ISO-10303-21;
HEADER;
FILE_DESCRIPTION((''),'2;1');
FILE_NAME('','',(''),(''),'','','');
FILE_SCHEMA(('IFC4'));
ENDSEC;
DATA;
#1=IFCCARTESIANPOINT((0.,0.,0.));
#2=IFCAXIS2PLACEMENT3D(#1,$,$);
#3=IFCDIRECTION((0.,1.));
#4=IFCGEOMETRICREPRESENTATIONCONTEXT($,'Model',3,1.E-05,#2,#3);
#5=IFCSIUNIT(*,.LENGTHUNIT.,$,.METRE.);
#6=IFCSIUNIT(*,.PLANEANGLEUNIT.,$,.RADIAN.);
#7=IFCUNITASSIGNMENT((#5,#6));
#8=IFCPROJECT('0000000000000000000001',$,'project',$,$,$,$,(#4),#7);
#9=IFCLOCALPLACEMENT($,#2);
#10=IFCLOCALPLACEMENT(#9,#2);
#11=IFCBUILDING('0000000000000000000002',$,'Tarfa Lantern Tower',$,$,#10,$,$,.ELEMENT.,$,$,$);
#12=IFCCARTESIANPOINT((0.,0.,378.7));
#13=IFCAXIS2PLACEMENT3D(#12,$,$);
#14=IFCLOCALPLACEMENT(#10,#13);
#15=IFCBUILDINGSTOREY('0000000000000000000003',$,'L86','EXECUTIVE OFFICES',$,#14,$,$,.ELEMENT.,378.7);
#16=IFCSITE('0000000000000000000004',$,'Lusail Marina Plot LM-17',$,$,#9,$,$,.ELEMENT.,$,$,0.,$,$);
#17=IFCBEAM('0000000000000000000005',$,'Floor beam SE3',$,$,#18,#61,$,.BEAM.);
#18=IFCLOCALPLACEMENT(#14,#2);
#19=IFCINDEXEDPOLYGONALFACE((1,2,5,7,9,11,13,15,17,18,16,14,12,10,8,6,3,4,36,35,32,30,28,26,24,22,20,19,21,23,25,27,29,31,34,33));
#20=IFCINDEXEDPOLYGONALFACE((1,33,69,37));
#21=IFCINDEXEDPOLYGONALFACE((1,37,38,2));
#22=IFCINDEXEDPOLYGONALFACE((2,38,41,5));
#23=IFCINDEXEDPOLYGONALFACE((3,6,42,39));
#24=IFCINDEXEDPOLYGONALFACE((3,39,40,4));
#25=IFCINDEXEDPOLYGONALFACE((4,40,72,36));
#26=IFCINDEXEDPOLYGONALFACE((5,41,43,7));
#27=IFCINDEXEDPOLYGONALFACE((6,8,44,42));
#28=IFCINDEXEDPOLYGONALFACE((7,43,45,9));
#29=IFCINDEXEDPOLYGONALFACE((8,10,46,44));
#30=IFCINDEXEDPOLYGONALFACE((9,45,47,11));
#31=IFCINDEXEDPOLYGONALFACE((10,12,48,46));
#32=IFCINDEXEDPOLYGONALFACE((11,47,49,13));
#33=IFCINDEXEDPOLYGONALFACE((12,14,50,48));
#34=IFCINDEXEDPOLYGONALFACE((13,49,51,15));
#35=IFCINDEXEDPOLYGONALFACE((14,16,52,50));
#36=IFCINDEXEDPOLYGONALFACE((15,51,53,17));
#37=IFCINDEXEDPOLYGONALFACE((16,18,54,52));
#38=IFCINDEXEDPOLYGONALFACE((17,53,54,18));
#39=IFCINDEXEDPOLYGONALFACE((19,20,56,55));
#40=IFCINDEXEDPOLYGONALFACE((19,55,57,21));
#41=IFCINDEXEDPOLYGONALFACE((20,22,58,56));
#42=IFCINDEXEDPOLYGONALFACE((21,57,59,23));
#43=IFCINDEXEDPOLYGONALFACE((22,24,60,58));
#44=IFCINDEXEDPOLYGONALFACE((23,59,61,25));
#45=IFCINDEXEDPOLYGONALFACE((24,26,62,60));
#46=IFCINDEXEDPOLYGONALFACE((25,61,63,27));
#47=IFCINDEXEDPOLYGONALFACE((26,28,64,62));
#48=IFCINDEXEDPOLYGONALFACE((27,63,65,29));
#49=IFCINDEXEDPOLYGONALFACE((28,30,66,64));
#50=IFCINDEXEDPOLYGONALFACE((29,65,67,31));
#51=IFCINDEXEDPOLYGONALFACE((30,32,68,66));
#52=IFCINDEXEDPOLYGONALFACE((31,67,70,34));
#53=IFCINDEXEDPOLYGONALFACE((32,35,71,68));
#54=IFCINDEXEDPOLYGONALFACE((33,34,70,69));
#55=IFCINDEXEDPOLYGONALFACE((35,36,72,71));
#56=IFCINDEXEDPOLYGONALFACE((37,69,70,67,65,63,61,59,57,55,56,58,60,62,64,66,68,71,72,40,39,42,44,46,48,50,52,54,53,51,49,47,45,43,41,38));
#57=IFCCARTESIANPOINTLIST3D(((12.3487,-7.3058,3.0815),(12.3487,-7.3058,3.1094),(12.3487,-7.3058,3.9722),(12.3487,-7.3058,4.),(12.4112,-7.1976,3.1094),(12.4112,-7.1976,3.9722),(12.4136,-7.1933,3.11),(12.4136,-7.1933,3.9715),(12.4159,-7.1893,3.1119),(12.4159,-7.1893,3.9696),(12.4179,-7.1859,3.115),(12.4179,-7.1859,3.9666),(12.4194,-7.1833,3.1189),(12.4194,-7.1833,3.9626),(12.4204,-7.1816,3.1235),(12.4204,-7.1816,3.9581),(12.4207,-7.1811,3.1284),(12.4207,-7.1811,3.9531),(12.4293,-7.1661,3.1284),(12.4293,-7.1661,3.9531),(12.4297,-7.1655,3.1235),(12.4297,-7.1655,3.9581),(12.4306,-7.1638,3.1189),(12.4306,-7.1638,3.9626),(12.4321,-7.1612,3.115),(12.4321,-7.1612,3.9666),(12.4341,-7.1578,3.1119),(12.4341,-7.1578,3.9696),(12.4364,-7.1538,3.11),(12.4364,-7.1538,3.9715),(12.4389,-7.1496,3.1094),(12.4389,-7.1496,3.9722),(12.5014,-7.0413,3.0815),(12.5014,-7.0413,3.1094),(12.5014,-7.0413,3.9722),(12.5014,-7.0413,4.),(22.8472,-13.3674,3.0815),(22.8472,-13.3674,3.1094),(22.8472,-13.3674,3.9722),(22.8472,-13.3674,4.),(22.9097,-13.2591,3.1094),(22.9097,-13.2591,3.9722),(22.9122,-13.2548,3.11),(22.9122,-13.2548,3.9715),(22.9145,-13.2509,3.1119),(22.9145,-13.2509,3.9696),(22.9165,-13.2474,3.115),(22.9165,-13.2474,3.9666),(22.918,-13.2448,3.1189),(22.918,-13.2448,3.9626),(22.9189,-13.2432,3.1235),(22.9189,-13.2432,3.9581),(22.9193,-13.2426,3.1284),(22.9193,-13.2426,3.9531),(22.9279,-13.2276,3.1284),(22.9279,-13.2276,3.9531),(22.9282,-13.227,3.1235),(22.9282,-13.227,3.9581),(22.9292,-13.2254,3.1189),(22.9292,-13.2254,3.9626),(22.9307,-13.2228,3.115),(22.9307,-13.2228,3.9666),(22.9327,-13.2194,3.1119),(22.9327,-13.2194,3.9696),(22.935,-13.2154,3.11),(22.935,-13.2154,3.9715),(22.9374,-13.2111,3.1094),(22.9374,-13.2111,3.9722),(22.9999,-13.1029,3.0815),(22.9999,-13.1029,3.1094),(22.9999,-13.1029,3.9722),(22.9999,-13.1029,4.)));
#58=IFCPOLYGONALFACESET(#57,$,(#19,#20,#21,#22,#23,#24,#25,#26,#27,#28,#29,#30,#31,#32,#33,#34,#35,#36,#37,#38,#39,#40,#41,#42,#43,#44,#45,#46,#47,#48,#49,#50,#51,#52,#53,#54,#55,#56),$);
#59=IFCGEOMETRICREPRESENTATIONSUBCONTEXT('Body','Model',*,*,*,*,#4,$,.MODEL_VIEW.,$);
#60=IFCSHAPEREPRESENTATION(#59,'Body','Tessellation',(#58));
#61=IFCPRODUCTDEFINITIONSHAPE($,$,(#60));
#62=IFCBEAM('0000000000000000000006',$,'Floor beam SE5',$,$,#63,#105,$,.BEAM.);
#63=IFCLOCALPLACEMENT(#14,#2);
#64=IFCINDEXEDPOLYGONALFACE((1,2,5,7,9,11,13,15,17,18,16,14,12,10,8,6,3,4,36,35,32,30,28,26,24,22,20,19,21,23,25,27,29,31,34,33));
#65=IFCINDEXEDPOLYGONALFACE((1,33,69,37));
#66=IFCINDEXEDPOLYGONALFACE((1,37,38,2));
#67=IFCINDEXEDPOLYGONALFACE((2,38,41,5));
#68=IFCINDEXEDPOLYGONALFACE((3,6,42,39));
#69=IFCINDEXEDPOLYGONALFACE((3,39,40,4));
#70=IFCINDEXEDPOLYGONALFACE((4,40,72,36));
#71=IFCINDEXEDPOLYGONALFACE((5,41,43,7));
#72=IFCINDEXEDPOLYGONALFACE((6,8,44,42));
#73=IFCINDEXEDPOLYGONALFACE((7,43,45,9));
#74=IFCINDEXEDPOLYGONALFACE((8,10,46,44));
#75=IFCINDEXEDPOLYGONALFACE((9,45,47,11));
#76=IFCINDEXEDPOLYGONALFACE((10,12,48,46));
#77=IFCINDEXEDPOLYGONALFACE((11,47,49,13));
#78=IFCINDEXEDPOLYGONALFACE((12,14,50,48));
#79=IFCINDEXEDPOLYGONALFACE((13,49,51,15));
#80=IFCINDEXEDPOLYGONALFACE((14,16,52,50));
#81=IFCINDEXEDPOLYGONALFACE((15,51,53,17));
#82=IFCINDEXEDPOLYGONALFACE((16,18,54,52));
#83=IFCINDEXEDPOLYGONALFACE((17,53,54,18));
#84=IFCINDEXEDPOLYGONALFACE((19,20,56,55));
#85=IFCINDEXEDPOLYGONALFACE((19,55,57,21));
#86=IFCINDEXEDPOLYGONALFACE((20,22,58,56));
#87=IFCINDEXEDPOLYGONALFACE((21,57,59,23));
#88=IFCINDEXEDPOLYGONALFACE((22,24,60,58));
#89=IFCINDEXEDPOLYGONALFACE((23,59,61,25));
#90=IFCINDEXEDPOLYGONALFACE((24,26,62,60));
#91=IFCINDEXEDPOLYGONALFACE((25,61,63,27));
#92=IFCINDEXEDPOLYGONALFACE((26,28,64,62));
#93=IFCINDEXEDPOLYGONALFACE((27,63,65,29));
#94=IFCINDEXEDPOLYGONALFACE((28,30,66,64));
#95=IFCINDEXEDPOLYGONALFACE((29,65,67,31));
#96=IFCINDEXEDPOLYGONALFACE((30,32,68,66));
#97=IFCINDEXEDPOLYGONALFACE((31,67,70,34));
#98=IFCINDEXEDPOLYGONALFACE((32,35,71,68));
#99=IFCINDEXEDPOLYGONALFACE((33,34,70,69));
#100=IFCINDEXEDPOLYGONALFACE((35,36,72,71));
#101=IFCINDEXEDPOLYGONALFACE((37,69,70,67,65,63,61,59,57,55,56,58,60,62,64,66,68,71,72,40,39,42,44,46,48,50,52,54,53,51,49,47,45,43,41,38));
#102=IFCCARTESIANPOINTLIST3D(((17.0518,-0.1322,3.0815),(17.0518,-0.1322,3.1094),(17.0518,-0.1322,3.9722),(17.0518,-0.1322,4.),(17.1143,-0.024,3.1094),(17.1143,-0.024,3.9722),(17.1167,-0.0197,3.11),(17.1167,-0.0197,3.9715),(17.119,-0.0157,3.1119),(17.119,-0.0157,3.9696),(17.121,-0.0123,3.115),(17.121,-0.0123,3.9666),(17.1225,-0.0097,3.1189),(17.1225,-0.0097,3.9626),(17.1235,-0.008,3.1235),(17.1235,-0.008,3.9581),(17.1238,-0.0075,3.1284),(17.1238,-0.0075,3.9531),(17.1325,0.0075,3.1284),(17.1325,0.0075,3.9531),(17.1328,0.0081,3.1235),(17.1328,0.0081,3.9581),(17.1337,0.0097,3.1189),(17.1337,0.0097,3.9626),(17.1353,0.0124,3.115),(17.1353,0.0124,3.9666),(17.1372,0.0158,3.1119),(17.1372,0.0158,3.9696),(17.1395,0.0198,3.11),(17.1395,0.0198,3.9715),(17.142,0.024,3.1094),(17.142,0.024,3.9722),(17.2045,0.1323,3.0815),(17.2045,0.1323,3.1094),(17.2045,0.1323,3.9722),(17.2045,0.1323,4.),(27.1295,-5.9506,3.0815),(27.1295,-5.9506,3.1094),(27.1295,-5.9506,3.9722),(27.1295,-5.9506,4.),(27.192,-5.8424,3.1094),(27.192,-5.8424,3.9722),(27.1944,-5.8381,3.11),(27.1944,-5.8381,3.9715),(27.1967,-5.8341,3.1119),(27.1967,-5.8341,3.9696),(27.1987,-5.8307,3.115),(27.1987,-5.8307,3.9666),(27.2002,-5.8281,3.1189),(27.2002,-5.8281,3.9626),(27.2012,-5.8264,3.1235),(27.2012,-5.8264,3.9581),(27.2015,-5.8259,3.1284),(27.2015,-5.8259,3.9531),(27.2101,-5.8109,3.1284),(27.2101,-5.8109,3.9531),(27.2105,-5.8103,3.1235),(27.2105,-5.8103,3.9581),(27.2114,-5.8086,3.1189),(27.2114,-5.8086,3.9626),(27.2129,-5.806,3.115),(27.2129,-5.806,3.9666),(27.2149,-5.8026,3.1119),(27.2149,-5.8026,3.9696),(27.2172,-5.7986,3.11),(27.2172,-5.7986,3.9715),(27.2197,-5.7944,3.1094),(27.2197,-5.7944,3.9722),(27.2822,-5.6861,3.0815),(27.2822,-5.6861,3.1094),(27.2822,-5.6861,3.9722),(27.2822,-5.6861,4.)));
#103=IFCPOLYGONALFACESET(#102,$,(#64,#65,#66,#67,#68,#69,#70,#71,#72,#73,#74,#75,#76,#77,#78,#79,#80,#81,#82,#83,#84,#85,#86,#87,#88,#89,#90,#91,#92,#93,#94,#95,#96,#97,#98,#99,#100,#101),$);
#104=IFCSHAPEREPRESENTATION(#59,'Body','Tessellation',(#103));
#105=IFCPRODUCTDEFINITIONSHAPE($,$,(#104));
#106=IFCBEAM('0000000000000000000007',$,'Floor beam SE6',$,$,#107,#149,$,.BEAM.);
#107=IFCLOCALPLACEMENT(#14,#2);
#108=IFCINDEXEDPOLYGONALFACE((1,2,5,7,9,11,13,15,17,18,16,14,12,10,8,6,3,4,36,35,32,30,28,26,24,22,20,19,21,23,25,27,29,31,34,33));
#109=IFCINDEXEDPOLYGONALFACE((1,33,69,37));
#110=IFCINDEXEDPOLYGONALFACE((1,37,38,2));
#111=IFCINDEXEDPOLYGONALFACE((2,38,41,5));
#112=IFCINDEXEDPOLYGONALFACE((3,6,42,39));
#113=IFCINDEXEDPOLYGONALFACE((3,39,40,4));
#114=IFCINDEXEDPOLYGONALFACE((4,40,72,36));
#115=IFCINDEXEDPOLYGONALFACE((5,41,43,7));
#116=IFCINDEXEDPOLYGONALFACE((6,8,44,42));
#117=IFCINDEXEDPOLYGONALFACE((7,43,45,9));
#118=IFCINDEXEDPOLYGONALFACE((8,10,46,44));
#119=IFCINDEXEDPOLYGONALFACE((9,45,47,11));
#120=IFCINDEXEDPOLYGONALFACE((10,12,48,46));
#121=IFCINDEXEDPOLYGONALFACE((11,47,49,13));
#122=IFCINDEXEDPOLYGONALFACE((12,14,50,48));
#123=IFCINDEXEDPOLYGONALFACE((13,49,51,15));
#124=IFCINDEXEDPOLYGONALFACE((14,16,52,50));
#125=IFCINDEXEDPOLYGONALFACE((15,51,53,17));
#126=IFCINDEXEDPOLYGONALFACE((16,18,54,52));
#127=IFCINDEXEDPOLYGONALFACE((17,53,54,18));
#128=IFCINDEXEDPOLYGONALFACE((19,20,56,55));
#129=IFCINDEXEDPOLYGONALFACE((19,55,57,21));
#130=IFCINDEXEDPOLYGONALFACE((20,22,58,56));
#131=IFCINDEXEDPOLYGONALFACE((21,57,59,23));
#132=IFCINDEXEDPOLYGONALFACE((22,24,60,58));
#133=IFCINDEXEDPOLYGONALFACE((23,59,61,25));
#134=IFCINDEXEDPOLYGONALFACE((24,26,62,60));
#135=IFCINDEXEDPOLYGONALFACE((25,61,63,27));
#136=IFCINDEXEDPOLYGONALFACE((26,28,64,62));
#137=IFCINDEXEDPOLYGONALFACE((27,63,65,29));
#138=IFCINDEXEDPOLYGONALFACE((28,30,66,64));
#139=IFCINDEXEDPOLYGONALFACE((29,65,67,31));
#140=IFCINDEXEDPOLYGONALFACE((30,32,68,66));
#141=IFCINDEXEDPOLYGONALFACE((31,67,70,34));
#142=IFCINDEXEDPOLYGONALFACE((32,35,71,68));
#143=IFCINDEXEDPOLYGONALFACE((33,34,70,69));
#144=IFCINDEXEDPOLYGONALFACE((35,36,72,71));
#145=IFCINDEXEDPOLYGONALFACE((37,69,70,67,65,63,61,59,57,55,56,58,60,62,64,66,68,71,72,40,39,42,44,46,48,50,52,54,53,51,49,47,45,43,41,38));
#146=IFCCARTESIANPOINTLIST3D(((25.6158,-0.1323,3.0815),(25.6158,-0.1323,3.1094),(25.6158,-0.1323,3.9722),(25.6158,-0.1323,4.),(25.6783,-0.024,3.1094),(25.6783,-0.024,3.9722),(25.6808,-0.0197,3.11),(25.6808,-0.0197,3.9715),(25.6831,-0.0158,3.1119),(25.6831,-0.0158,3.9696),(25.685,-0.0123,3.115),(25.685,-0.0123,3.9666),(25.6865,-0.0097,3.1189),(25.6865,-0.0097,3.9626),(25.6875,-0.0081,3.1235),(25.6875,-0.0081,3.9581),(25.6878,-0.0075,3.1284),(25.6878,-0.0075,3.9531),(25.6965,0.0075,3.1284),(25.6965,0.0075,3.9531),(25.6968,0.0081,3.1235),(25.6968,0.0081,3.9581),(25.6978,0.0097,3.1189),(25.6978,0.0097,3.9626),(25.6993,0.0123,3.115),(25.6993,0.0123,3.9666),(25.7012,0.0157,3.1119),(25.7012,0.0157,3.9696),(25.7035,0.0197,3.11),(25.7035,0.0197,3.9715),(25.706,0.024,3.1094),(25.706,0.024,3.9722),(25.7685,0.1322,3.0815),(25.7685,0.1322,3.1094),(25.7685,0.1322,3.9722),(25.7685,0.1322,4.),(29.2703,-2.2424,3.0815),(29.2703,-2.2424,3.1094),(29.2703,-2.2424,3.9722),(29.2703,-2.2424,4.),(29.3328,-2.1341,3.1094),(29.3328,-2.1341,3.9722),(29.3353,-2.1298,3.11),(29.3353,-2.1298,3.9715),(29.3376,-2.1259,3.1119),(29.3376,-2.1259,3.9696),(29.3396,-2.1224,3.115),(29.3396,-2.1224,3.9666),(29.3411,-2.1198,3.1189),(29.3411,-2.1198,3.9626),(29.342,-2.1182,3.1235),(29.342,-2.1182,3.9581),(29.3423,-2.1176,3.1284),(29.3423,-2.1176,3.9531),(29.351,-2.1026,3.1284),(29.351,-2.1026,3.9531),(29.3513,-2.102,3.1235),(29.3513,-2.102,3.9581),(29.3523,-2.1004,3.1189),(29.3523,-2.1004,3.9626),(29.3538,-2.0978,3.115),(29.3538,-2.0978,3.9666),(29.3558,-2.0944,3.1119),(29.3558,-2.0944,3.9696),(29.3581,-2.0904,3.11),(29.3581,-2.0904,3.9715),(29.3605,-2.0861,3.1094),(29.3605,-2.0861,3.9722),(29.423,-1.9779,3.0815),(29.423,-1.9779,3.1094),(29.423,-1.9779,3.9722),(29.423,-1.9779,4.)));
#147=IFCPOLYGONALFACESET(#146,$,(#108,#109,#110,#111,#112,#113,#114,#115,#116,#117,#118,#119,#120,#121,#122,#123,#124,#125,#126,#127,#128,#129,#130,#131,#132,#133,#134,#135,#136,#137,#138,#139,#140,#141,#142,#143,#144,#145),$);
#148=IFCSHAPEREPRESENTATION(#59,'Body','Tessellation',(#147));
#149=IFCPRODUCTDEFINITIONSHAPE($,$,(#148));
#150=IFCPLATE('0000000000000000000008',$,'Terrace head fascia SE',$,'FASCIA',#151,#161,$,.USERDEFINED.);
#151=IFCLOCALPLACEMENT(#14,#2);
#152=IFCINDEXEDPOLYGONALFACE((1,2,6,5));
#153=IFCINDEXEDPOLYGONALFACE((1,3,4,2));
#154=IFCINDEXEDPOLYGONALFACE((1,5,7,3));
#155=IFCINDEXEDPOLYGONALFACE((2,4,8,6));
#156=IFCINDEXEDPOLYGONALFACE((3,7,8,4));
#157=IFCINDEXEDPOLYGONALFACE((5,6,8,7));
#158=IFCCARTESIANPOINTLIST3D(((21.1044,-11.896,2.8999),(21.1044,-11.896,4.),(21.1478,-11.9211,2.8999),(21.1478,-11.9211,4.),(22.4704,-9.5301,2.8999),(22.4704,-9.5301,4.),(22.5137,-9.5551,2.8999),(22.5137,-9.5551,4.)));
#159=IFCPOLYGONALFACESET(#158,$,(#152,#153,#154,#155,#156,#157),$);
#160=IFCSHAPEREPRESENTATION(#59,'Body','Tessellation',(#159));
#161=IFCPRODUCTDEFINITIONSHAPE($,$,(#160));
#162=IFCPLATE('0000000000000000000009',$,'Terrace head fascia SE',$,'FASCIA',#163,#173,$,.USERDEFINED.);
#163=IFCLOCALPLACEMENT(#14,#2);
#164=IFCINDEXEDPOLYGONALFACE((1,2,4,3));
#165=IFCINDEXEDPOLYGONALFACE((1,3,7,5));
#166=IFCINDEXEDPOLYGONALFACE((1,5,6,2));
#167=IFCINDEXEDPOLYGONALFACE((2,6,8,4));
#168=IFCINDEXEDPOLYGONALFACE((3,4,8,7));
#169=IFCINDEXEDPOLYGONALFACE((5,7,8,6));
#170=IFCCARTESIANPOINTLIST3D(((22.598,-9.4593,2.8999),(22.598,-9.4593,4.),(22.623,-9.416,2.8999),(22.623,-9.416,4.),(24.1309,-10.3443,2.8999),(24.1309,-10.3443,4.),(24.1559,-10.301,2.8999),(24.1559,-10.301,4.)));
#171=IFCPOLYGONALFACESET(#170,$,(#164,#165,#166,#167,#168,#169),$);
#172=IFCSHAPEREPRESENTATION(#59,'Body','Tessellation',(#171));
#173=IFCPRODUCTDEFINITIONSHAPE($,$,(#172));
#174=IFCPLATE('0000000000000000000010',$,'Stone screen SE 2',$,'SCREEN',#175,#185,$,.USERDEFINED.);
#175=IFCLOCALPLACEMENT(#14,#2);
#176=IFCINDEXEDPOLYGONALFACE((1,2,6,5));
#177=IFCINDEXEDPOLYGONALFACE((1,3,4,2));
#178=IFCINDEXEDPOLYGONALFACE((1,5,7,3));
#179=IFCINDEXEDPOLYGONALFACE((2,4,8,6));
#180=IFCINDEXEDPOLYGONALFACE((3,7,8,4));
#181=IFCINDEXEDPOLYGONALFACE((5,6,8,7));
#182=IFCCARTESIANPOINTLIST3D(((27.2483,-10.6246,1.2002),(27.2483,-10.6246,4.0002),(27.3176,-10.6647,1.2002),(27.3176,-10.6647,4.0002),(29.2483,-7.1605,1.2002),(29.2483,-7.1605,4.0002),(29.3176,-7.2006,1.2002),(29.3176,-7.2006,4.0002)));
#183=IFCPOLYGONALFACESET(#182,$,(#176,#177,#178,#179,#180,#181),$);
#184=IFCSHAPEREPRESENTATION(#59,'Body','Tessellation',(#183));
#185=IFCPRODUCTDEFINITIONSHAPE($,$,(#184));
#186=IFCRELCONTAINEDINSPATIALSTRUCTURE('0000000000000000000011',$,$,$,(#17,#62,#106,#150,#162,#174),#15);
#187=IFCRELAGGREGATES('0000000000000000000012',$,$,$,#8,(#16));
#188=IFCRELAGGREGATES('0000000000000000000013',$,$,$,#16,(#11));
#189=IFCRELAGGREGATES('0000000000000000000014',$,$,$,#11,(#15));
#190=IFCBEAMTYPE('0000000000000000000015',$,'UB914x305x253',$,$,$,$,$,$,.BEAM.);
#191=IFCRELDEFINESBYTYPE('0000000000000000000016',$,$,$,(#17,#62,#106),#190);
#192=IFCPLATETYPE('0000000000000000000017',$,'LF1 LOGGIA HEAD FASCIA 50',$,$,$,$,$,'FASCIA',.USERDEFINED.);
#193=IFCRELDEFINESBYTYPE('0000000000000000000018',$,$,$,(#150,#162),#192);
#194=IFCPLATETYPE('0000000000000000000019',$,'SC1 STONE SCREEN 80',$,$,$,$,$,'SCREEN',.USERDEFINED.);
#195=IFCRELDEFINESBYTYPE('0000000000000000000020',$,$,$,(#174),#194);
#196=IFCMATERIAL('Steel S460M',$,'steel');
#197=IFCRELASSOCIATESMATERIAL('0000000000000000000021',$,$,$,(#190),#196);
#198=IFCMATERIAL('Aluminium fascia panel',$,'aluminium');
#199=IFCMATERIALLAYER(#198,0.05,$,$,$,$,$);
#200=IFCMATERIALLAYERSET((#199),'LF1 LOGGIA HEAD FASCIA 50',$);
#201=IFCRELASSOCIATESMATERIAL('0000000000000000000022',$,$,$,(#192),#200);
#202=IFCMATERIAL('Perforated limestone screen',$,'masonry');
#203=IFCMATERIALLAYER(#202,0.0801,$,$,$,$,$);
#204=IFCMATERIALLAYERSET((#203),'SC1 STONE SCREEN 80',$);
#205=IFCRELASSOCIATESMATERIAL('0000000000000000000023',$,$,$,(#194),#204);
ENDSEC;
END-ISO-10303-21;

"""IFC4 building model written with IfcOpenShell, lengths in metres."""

from ifc_helpers import new_model, si_unit, direction, frame, origin, origin_2d, place, context, subcontext, project, spatial, rectangle, i_section, extrude, material, layer, layer_set, material_profile, profile_set, type_object, element, save


model = new_model("IFC4")

# Units and contexts
model_context = context("Model", 3, precision=1e-05, world=origin(), true_north=direction((0.0, 1.0)))
body_context = subcontext(model_context, "Body", "Model", "MODEL_VIEW")
ifc_project = project(units=[si_unit("LENGTHUNIT", "METRE"), si_unit("PLANEANGLEUNIT", "RADIAN")], contexts=[model_context])

# Site, building, storey
site_placement = place(None, origin())
site = spatial("IfcSite", under=ifc_project, at=site_placement, Name="Lusail Marina Plot LM-17", CompositionType="ELEMENT", RefElevation=0.0)
building_placement = place(site_placement, origin())
building = spatial("IfcBuilding", under=site, at=building_placement, Name="Tarfa Lantern Tower", CompositionType="ELEMENT")
storey_placement = place(building_placement, frame((0.0, 0.0, 378.7)))
storey = spatial("IfcBuildingStorey", under=building, at=storey_placement, Name="L86", Description="EXECUTIVE OFFICES", CompositionType="ELEMENT", Elevation=378.7)

# Beams
ifc_material_1 = material(Name="Steel S460M", Category="steel")
ifc_material_profile_1 = material_profile(ifc_material_1, i_section(OverallWidth=0.3054, OverallDepth=0.9185, WebThickness=0.0173, FlangeThickness=0.0278, FilletRadius=0.019, at=origin_2d()), Name="UB914x305x253")
ifc_profile_set_1 = profile_set([ifc_material_profile_1], Name="Steel S460M")
beam_type_1 = type_object("IfcBeamType", Name="UB914x305x253", PredefinedType="BEAM", material=ifc_profile_set_1)
beam_1_placement = place(storey_placement, frame((22.9236, -13.2351, 3.5408), z_axis=(-0.866019, 0.500012, 0.0), x_axis=(-0.500012, -0.866019, 0.0)))
element("IfcBeam", 1, at=beam_1_placement, inside=storey, type_object=beam_type_1, Name="Floor beam SE3", PredefinedType="BEAM", context=body_context, shape_type="SweptSolid", body=[
    extrude(i_section(OverallWidth=0.3054, OverallDepth=0.9185, WebThickness=0.0173, FlangeThickness=0.0278, FilletRadius=0.019, at=origin_2d()), origin(), (0.0, 0.0, 1.0), 12.1228),
])
beam_2_placement = place(storey_placement, frame((27.2058, -5.8184, 3.5408), z_axis=(-0.866024, 0.500002, 0.0), x_axis=(-0.500002, -0.866024, 0.0)))
element("IfcBeam", 2, at=beam_2_placement, inside=storey, type_object=beam_type_1, Name="Floor beam SE5", PredefinedType="BEAM", context=body_context, shape_type="SweptSolid", body=[
    extrude(i_section(OverallWidth=0.3054, OverallDepth=0.9185, WebThickness=0.0173, FlangeThickness=0.0278, FilletRadius=0.019, at=origin_2d()), origin(), (0.0, 0.0, 1.0), 11.6367),
])
beam_3_placement = place(storey_placement, frame((29.3467, -2.1101, 3.5408), z_axis=(-0.866009, 0.500028, 0.0), x_axis=(-0.500028, -0.866009, 0.0)))
element("IfcBeam", 3, at=beam_3_placement, inside=storey, type_object=beam_type_1, Name="Floor beam SE6", PredefinedType="BEAM", context=body_context, shape_type="SweptSolid", body=[
    extrude(i_section(OverallWidth=0.3054, OverallDepth=0.9185, WebThickness=0.0173, FlangeThickness=0.0278, FilletRadius=0.019, at=origin_2d()), origin(), (0.0, 0.0, 1.0), 4.22),
])

# Plates
ifc_material_2 = material(Name="Aluminium fascia panel", Category="aluminium")
ifc_layer_1 = layer(ifc_material_2, 0.05)
ifc_layer_set_1 = layer_set([ifc_layer_1], Name="LF1 LOGGIA HEAD FASCIA 50")
plate_type_1 = type_object("IfcPlateType", Name="LF1 LOGGIA HEAD FASCIA 50", ElementType="FASCIA", PredefinedType="USERDEFINED", material=ifc_layer_set_1)
plate_1_placement = place(storey_placement, frame((21.8091, -10.7256, 2.8999), z_axis=(0.0, 0.0, 1.0), x_axis=(0.5, 0.866025, 0.0)))
element("IfcPlate", 4, at=plate_1_placement, inside=storey, type_object=plate_type_1, Name="Terrace head fascia SE", ObjectType="FASCIA", PredefinedType="USERDEFINED", context=body_context, shape_type="SweptSolid", body=[
    extrude(rectangle(XDim=2.7319, YDim=0.05, at=origin_2d()), origin(), (0.0, 0.0, 1.0), 1.1001),
])
plate_2_placement = place(storey_placement, frame((23.377, -9.8801, 2.8999), z_axis=(0.0, 0.0, 1.0), x_axis=(-0.866025, 0.5, 0.0)))
element("IfcPlate", 5, at=plate_2_placement, inside=storey, type_object=plate_type_1, Name="Terrace head fascia SE", ObjectType="FASCIA", PredefinedType="USERDEFINED", context=body_context, shape_type="SweptSolid", body=[
    extrude(rectangle(XDim=1.77, YDim=0.05, at=origin_2d()), origin(), (0.0, 0.0, 1.0), 1.1001),
])
ifc_material_3 = material(Name="Perforated limestone screen", Category="masonry")
ifc_layer_2 = layer(ifc_material_3, 0.0801)
ifc_layer_set_2 = layer_set([ifc_layer_2], Name="SC1 STONE SCREEN 80")
plate_type_2 = type_object("IfcPlateType", Name="SC1 STONE SCREEN 80", ElementType="SCREEN", PredefinedType="USERDEFINED", material=ifc_layer_set_2)
plate_3_placement = place(storey_placement, frame((28.283, -8.9126, 1.2002), z_axis=(0.0, 0.0, 1.0), x_axis=(0.5, 0.866025, 0.0)))
element("IfcPlate", 6, at=plate_3_placement, inside=storey, type_object=plate_type_2, Name="Stone screen SE 2", ObjectType="SCREEN", PredefinedType="USERDEFINED", context=body_context, shape_type="SweptSolid", body=[
    extrude(rectangle(XDim=4.0, YDim=0.0801, at=origin_2d()), origin(), (0.0, 0.0, 1.0), 2.8),
])

save(model, "model.ifc")
